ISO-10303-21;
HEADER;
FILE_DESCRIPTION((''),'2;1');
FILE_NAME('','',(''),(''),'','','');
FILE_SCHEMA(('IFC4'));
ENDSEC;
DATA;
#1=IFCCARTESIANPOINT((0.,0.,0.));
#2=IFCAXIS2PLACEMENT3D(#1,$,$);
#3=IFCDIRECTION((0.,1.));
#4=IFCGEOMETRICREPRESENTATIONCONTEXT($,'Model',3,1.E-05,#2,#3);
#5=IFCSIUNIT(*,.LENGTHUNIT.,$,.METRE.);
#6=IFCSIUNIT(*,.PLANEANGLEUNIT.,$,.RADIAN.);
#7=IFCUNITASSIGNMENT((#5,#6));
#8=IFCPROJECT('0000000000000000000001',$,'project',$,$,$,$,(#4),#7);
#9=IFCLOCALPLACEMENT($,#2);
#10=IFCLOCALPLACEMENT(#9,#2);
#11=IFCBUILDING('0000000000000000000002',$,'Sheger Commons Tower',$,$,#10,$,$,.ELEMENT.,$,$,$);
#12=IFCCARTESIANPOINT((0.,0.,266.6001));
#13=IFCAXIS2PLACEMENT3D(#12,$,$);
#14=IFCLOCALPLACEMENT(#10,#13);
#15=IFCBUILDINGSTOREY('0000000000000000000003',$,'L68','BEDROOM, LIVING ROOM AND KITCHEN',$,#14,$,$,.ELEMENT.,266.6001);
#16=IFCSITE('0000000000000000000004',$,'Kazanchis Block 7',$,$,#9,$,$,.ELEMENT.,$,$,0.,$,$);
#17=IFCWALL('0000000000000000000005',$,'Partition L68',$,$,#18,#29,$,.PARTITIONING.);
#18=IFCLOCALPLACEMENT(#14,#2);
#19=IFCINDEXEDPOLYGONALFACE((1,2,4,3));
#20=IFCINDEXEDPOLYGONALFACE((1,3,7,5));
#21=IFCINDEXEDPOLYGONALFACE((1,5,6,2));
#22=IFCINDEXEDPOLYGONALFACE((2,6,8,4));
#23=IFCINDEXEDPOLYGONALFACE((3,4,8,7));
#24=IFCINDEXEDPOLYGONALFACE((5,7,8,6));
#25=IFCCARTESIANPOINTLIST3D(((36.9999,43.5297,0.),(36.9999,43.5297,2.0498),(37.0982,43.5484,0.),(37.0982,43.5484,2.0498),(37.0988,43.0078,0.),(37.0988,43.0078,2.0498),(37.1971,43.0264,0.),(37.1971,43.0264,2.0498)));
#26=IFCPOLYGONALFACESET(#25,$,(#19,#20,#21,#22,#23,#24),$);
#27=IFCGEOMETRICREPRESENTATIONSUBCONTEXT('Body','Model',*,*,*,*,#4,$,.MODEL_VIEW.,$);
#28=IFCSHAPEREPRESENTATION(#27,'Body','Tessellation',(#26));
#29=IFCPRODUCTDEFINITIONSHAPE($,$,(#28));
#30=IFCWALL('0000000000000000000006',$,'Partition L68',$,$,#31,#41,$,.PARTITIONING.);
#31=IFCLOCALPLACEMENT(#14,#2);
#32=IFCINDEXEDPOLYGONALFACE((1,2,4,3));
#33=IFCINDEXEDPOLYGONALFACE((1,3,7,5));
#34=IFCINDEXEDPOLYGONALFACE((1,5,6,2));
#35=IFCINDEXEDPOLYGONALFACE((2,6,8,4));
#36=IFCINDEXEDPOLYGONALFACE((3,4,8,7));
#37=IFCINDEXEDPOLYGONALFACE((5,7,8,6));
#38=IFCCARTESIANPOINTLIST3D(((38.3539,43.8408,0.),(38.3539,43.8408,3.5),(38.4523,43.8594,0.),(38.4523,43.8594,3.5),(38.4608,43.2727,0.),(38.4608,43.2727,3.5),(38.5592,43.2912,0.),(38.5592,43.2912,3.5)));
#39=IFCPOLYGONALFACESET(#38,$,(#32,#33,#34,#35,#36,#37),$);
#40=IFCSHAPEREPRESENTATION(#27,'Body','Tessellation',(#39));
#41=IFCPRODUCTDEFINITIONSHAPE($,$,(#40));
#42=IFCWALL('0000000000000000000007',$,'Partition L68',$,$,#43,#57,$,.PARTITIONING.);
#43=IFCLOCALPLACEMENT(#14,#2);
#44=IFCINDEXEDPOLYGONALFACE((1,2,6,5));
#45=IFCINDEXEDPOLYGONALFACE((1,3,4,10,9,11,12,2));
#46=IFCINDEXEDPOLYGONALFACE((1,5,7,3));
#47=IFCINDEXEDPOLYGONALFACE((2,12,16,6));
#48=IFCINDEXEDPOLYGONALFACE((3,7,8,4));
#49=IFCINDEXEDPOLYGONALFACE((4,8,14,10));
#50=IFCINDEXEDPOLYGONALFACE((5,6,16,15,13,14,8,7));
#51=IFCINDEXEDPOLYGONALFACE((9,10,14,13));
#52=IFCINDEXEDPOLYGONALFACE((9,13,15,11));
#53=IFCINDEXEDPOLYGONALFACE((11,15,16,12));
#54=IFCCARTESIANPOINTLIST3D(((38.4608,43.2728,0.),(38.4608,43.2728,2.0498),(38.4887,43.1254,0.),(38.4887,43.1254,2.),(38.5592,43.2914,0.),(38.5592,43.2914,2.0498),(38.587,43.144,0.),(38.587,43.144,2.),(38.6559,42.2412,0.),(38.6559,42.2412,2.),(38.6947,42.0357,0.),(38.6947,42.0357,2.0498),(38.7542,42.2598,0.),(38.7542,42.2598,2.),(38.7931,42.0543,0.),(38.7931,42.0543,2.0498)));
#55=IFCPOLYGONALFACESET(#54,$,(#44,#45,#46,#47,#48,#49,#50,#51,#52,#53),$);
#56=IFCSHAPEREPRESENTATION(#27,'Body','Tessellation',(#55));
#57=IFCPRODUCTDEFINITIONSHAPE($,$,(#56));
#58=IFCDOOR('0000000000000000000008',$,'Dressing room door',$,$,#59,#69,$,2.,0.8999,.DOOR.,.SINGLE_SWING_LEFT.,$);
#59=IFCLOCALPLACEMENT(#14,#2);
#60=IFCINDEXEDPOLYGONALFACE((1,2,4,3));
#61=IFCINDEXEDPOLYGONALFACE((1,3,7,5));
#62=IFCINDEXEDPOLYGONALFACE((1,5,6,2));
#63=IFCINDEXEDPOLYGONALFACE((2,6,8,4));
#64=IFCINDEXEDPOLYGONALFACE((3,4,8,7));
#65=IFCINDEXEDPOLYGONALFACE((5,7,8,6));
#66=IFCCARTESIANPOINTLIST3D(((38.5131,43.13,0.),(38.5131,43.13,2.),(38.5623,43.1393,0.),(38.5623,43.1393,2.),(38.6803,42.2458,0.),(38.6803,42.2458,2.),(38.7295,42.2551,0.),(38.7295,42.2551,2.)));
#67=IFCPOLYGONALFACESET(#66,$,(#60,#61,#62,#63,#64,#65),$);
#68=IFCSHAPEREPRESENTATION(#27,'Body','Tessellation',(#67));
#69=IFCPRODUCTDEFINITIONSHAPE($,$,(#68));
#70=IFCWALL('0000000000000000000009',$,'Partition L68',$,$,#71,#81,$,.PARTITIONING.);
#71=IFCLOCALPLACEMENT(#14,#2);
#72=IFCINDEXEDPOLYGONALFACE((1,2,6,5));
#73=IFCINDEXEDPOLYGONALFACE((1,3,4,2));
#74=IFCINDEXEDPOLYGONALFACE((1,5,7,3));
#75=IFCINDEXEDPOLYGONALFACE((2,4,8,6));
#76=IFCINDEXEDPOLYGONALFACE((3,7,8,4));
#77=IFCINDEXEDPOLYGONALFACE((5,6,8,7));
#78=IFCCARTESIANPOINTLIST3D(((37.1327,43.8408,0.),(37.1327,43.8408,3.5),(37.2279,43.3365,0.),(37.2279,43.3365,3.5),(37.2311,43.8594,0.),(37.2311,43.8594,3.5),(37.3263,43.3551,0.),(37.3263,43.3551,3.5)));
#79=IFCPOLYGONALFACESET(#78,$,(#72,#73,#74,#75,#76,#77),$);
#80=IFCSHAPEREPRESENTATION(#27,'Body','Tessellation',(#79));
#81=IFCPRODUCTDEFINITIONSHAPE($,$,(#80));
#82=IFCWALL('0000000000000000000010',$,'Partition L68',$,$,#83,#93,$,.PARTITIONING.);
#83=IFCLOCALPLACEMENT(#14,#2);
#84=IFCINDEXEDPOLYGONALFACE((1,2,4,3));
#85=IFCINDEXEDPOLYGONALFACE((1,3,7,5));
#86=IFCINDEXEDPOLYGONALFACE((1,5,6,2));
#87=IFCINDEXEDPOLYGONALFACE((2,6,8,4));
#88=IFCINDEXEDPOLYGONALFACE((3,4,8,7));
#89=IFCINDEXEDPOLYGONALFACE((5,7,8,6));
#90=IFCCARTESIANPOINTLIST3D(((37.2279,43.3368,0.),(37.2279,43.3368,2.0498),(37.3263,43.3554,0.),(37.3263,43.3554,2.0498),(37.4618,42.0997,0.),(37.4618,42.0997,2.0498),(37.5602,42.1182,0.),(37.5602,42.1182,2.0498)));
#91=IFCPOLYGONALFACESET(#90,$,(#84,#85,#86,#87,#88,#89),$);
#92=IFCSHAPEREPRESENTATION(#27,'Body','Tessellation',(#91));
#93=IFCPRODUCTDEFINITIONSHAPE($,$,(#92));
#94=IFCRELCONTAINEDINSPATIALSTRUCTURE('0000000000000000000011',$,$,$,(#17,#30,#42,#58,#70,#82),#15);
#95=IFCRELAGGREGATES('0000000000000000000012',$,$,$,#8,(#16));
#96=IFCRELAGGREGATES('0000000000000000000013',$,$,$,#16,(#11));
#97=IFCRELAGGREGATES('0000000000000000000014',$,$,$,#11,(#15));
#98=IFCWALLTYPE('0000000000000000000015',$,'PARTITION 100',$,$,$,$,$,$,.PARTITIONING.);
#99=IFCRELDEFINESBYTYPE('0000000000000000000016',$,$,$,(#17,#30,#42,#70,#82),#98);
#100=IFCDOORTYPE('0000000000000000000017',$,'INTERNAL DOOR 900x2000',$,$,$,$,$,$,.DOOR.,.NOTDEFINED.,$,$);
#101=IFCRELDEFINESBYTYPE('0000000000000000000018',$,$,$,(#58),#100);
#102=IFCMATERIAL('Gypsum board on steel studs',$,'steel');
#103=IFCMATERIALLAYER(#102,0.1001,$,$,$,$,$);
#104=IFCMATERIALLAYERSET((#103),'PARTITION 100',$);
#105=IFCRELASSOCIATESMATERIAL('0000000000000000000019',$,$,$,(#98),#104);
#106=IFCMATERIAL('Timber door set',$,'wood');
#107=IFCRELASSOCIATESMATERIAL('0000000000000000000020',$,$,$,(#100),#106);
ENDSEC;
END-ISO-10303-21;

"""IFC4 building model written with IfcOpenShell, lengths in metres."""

from ifc_helpers import new_model, si_unit, direction, frame, frame_2d, origin, place, context, subcontext, project, spatial, rectangle, extrude, material, layer, layer_set, type_object, element, fill, save


model = new_model("IFC4")

# Units and contexts
model_context = context("Model", 3, precision=1e-05, world=origin(), true_north=direction((0.0, 1.0)))
body_context = subcontext(model_context, "Body", "Model", "MODEL_VIEW")
ifc_project = project(units=[si_unit("LENGTHUNIT", "METRE"), si_unit("PLANEANGLEUNIT", "RADIAN")], contexts=[model_context])

# Site, building, storey
site_placement = place(None, origin())
site = spatial("IfcSite", under=ifc_project, at=site_placement, Name="Kazanchis Block 7", CompositionType="ELEMENT", RefElevation=0.0)
building_placement = place(site_placement, origin())
building = spatial("IfcBuilding", under=site, at=building_placement, Name="Sheger Commons Tower", CompositionType="ELEMENT")
storey_placement = place(building_placement, frame((0.0, 0.0, 266.6001)))
storey = spatial("IfcBuildingStorey", under=building, at=storey_placement, Name="L68", Description="BEDROOM, LIVING ROOM AND KITCHEN", CompositionType="ELEMENT", Elevation=266.6001)

# Walls
ifc_material_1 = material(Name="Gypsum board on steel studs", Category="steel")
ifc_layer_1 = layer(ifc_material_1, 0.1001)
ifc_layer_set_1 = layer_set([ifc_layer_1], Name="PARTITION 100")
wall_type_1 = type_object("IfcWallType", Name="PARTITION 100", PredefinedType="PARTITIONING", material=ifc_layer_set_1)
wall_1_placement = place(storey_placement, frame((37.0491, 43.5391, 0.0), z_axis=(0.0, 0.0, 1.0), x_axis=(0.186119, -0.982527, 0.0)))
element("IfcWall", 1, at=wall_1_placement, inside=storey, type_object=wall_type_1, Name="Partition L68", PredefinedType="PARTITIONING", context=body_context, shape_type="SweptSolid", body=[
    extrude(rectangle(XDim=0.5312, YDim=0.1001, at=frame_2d((0.2656, 0.0))), origin(), (0.0, 0.0, 1.0), 2.0498),
])
wall_2_placement = place(storey_placement, frame((38.4031, 43.8501, 0.0), z_axis=(0.0, 0.0, 1.0), x_axis=(0.184977, -0.982743, 0.0)))
element("IfcWall", 2, at=wall_2_placement, inside=storey, type_object=wall_type_1, Name="Partition L68", PredefinedType="PARTITIONING", context=body_context, shape_type="SweptSolid", body=[
    extrude(rectangle(XDim=0.5781, YDim=0.1001, at=frame_2d((0.2891, 0.0))), origin(), (0.0, 0.0, 1.0), 3.5),
])

# Wall, opening, door
wall_3_placement = place(storey_placement, frame((38.51, 43.282, 0.0), z_axis=(0.0, 0.0, 1.0), x_axis=(0.185775, -0.982592, 0.0)))
wall_3 = element("IfcWall", 3, at=wall_3_placement, inside=storey, type_object=wall_type_1, Name="Partition L68", PredefinedType="PARTITIONING", context=body_context, shape_type="SweptSolid", body=[
    extrude(rectangle(XDim=1.259, YDim=0.1001, at=frame_2d((0.6294, 0.0))), origin(), (0.0, 0.0, 1.0), 2.0498),
])
opening_1_placement = place(wall_3_placement, frame((0.1499, 0.0, 0.0)))
opening_1 = element("IfcOpeningElement", 4, at=opening_1_placement, cuts=wall_3, PredefinedType="OPENING", context=body_context, shape_type="SweptSolid", body=[
    extrude(rectangle(XDim=0.8999, YDim=2.0, at=frame_2d((0.45, 1.0))), frame((0.0, 0.0601, 0.0), z_axis=(0.0, -1.0, 0.0), x_axis=(1.0, 0.0, 0.0)), (0.0, 0.0, 1.0), 0.1201),
])
ifc_material_2 = material(Name="Timber door set", Category="wood")
door_type_1 = type_object("IfcDoorType", Name="INTERNAL DOOR 900x2000", OperationType="NOTDEFINED", PredefinedType="DOOR", material=ifc_material_2)
door_1_placement = place(opening_1_placement, origin())
door_1 = element("IfcDoor", 5, at=door_1_placement, inside=storey, type_object=door_type_1, Name="Dressing room door", OperationType="SINGLE_SWING_LEFT", OverallHeight=2.0, OverallWidth=0.8999, PredefinedType="DOOR", context=body_context, shape_type="SweptSolid", body=[
    extrude(rectangle(XDim=0.8999, YDim=2.0, at=frame_2d((0.45, 1.0))), frame((0.0, 0.0249, 0.0), z_axis=(0.0, -1.0, 0.0), x_axis=(1.0, 0.0, 0.0)), (0.0, 0.0, 1.0), 0.05),
])
fill(opening_1, door_1)

# Walls
wall_4_placement = place(storey_placement, frame((37.1819, 43.8501, 0.0), z_axis=(0.0, 0.0, 1.0), x_axis=(0.185581, -0.982629, 0.0)))
element("IfcWall", 6, at=wall_4_placement, inside=storey, type_object=wall_type_1, Name="Partition L68", PredefinedType="PARTITIONING", context=body_context, shape_type="SweptSolid", body=[
    extrude(rectangle(XDim=0.5132, YDim=0.1001, at=frame_2d((0.2566, 0.0))), origin(), (0.0, 0.0, 1.0), 3.5),
])
wall_5_placement = place(storey_placement, frame((37.2771, 43.3459, 0.0), z_axis=(0.0, 0.0, 1.0), x_axis=(0.185775, -0.982592, 0.0)))
element("IfcWall", 7, at=wall_5_placement, inside=storey, type_object=wall_type_1, Name="Partition L68", PredefinedType="PARTITIONING", context=body_context, shape_type="SweptSolid", body=[
    extrude(rectangle(XDim=1.259, YDim=0.1001, at=frame_2d((0.6294, 0.0))), origin(), (0.0, 0.0, 1.0), 2.0498),
])

save(model, "model.ifc")
